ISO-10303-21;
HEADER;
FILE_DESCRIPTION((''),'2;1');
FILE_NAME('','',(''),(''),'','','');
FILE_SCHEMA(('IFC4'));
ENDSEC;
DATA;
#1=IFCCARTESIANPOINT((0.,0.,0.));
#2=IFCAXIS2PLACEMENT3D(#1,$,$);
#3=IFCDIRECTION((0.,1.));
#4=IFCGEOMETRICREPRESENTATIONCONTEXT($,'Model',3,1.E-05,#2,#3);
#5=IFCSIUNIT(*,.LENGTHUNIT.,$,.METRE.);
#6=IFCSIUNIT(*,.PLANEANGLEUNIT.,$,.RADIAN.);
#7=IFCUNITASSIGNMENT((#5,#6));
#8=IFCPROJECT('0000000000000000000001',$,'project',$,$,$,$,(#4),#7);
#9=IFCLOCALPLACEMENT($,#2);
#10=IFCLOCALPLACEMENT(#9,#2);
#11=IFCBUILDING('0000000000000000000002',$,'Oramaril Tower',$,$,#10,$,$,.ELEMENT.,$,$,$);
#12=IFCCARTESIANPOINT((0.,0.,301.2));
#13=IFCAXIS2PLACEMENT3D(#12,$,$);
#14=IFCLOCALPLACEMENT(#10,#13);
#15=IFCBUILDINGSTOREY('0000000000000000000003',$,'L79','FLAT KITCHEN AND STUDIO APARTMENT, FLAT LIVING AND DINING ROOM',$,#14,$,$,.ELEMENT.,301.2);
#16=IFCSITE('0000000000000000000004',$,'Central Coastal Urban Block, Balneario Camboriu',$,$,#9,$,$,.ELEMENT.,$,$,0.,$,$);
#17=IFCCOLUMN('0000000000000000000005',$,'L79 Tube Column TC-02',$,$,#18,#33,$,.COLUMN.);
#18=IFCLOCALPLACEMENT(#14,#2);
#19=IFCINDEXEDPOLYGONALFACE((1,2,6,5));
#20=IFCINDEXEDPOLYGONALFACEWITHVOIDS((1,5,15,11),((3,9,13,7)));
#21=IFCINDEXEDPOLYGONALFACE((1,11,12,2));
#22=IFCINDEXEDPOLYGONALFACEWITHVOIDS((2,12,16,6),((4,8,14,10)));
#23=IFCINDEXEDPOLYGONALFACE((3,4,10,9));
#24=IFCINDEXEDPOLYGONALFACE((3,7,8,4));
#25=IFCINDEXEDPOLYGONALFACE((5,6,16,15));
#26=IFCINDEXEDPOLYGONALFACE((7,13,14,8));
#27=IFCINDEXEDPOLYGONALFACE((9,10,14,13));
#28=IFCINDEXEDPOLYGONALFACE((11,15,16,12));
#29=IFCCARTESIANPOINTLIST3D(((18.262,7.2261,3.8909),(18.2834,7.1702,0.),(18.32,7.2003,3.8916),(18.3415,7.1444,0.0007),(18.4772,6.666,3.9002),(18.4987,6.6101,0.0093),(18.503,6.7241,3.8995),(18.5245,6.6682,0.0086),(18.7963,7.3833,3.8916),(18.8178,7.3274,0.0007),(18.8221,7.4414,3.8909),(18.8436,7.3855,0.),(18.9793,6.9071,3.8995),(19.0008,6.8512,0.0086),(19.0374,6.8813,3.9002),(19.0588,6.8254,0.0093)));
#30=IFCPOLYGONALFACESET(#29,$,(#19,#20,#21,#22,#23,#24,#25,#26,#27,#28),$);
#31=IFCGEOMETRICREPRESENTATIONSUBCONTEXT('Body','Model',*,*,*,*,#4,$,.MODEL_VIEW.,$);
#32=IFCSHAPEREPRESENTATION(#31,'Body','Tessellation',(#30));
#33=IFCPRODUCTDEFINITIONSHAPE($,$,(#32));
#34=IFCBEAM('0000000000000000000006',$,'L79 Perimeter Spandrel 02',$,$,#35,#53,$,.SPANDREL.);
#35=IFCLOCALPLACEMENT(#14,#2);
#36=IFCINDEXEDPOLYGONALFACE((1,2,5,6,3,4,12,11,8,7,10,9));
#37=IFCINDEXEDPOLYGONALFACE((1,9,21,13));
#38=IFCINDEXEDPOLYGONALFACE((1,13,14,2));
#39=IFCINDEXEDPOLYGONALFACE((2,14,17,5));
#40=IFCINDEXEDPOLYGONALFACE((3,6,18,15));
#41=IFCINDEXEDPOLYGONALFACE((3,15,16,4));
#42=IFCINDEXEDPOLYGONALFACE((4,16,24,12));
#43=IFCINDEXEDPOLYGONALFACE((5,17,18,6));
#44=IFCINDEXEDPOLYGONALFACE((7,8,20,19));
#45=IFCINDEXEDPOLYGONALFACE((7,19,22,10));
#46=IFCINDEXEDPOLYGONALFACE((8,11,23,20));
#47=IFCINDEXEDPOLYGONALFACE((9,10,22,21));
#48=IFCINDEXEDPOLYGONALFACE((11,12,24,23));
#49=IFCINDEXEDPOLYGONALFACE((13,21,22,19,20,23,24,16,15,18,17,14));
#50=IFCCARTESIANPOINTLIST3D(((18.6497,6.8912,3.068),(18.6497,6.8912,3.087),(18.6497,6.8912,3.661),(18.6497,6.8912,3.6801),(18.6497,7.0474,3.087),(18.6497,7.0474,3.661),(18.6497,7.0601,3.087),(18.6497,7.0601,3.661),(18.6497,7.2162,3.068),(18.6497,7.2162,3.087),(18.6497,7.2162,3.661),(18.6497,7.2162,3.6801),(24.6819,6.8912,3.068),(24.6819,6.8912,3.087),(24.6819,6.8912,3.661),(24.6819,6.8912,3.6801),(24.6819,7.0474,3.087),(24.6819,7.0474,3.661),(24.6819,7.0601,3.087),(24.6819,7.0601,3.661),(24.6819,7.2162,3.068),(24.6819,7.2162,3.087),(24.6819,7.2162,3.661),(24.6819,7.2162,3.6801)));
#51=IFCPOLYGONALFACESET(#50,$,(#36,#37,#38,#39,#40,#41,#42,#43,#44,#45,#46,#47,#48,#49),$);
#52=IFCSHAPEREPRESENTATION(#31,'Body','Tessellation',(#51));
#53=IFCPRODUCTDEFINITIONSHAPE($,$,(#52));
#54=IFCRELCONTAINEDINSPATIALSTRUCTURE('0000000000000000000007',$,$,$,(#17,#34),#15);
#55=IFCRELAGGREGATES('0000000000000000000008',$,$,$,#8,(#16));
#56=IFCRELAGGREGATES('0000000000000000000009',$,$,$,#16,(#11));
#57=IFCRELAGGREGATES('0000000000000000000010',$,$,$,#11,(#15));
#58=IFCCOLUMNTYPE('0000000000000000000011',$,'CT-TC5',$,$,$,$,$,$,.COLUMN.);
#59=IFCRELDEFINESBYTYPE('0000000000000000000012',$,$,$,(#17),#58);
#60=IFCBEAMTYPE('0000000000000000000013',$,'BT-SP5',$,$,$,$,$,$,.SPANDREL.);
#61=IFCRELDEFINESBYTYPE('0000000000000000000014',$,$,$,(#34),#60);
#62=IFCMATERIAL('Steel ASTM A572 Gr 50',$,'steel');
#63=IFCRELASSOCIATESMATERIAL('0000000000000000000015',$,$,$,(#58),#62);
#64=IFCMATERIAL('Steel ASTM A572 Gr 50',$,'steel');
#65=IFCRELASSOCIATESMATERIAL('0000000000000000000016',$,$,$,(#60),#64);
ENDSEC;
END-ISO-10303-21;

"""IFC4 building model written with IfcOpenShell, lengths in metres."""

from ifc_helpers import new_model, si_unit, direction, frame, origin, origin_2d, place, context, subcontext, project, spatial, hollow_rectangle, i_section, extrude, material, material_profile, profile_set, type_object, element, save


model = new_model("IFC4")

# Units and contexts
model_context = context("Model", 3, precision=1e-05, world=origin(), true_north=direction((0.0, 1.0)))
body_context = subcontext(model_context, "Body", "Model", "MODEL_VIEW")
ifc_project = project(units=[si_unit("LENGTHUNIT", "METRE"), si_unit("PLANEANGLEUNIT", "RADIAN")], contexts=[model_context])

# Site, building, storey
site_placement = place(None, origin())
site = spatial("IfcSite", under=ifc_project, at=site_placement, Name="Central Coastal Urban Block, Balneario Camboriu", CompositionType="ELEMENT", RefElevation=0.0)
building_placement = place(site_placement, origin())
building = spatial("IfcBuilding", under=site, at=building_placement, Name="Oramaril Tower", CompositionType="ELEMENT")
storey_placement = place(building_placement, frame((0.0, 0.0, 301.2)))
storey = spatial("IfcBuildingStorey", under=building, at=storey_placement, Name="L79", Description="FLAT KITCHEN AND STUDIO APARTMENT, FLAT LIVING AND DINING ROOM", CompositionType="ELEMENT", Elevation=301.2)

# Column
ifc_material_1 = material(Name="Steel ASTM A572 Gr 50", Category="steel")
ifc_material_profile_1 = material_profile(ifc_material_1, hollow_rectangle(XDim=0.6001, YDim=0.6001, WallThickness=0.0449, at=origin_2d()), Name="BOX600X600X45")
ifc_profile_set_1 = profile_set([ifc_material_profile_1], Name="Steel ASTM A572 Gr 50")
column_type = type_object("IfcColumnType", Name="CT-TC5", PredefinedType="COLUMN", material=ifc_profile_set_1)
column_placement = place(storey_placement, frame((18.6711, 6.9978, 0.0046), z_axis=(-0.005521, 0.014367, 0.999882), x_axis=(-0.933451, -0.358706, 0.0)))
element("IfcColumn", 1, at=column_placement, inside=storey, type_object=column_type, Name="L79 Tube Column TC-02", PredefinedType="COLUMN", context=body_context, shape_type="SweptSolid", body=[
    extrude(hollow_rectangle(XDim=0.6001, YDim=0.6001, WallThickness=0.0449, at=origin_2d()), origin(), (0.0, 0.0, 1.0), 3.8914),
])

# Beam
ifc_material_2 = material(Name="Steel ASTM A572 Gr 50", Category="steel")
ifc_material_profile_2 = material_profile(ifc_material_2, i_section(OverallWidth=0.325, OverallDepth=0.6121, WebThickness=0.0127, FlangeThickness=0.019, at=origin_2d()), Name="W24X104")
ifc_profile_set_2 = profile_set([ifc_material_profile_2], Name="Steel ASTM A572 Gr 50")
beam_type = type_object("IfcBeamType", Name="BT-SP5", PredefinedType="SPANDREL", material=ifc_profile_set_2)
beam_placement = place(storey_placement, frame((18.6497, 7.0537, 3.374), z_axis=(1.0, 0.0, 0.0), x_axis=(0.0, 1.0, 0.0)))
element("IfcBeam", 2, at=beam_placement, inside=storey, type_object=beam_type, Name="L79 Perimeter Spandrel 02", PredefinedType="SPANDREL", context=body_context, shape_type="SweptSolid", body=[
    extrude(i_section(OverallWidth=0.325, OverallDepth=0.6121, WebThickness=0.0127, FlangeThickness=0.019, at=origin_2d()), origin(), (0.0, 0.0, 1.0), 6.0322),
])

save(model, "model.ifc")
